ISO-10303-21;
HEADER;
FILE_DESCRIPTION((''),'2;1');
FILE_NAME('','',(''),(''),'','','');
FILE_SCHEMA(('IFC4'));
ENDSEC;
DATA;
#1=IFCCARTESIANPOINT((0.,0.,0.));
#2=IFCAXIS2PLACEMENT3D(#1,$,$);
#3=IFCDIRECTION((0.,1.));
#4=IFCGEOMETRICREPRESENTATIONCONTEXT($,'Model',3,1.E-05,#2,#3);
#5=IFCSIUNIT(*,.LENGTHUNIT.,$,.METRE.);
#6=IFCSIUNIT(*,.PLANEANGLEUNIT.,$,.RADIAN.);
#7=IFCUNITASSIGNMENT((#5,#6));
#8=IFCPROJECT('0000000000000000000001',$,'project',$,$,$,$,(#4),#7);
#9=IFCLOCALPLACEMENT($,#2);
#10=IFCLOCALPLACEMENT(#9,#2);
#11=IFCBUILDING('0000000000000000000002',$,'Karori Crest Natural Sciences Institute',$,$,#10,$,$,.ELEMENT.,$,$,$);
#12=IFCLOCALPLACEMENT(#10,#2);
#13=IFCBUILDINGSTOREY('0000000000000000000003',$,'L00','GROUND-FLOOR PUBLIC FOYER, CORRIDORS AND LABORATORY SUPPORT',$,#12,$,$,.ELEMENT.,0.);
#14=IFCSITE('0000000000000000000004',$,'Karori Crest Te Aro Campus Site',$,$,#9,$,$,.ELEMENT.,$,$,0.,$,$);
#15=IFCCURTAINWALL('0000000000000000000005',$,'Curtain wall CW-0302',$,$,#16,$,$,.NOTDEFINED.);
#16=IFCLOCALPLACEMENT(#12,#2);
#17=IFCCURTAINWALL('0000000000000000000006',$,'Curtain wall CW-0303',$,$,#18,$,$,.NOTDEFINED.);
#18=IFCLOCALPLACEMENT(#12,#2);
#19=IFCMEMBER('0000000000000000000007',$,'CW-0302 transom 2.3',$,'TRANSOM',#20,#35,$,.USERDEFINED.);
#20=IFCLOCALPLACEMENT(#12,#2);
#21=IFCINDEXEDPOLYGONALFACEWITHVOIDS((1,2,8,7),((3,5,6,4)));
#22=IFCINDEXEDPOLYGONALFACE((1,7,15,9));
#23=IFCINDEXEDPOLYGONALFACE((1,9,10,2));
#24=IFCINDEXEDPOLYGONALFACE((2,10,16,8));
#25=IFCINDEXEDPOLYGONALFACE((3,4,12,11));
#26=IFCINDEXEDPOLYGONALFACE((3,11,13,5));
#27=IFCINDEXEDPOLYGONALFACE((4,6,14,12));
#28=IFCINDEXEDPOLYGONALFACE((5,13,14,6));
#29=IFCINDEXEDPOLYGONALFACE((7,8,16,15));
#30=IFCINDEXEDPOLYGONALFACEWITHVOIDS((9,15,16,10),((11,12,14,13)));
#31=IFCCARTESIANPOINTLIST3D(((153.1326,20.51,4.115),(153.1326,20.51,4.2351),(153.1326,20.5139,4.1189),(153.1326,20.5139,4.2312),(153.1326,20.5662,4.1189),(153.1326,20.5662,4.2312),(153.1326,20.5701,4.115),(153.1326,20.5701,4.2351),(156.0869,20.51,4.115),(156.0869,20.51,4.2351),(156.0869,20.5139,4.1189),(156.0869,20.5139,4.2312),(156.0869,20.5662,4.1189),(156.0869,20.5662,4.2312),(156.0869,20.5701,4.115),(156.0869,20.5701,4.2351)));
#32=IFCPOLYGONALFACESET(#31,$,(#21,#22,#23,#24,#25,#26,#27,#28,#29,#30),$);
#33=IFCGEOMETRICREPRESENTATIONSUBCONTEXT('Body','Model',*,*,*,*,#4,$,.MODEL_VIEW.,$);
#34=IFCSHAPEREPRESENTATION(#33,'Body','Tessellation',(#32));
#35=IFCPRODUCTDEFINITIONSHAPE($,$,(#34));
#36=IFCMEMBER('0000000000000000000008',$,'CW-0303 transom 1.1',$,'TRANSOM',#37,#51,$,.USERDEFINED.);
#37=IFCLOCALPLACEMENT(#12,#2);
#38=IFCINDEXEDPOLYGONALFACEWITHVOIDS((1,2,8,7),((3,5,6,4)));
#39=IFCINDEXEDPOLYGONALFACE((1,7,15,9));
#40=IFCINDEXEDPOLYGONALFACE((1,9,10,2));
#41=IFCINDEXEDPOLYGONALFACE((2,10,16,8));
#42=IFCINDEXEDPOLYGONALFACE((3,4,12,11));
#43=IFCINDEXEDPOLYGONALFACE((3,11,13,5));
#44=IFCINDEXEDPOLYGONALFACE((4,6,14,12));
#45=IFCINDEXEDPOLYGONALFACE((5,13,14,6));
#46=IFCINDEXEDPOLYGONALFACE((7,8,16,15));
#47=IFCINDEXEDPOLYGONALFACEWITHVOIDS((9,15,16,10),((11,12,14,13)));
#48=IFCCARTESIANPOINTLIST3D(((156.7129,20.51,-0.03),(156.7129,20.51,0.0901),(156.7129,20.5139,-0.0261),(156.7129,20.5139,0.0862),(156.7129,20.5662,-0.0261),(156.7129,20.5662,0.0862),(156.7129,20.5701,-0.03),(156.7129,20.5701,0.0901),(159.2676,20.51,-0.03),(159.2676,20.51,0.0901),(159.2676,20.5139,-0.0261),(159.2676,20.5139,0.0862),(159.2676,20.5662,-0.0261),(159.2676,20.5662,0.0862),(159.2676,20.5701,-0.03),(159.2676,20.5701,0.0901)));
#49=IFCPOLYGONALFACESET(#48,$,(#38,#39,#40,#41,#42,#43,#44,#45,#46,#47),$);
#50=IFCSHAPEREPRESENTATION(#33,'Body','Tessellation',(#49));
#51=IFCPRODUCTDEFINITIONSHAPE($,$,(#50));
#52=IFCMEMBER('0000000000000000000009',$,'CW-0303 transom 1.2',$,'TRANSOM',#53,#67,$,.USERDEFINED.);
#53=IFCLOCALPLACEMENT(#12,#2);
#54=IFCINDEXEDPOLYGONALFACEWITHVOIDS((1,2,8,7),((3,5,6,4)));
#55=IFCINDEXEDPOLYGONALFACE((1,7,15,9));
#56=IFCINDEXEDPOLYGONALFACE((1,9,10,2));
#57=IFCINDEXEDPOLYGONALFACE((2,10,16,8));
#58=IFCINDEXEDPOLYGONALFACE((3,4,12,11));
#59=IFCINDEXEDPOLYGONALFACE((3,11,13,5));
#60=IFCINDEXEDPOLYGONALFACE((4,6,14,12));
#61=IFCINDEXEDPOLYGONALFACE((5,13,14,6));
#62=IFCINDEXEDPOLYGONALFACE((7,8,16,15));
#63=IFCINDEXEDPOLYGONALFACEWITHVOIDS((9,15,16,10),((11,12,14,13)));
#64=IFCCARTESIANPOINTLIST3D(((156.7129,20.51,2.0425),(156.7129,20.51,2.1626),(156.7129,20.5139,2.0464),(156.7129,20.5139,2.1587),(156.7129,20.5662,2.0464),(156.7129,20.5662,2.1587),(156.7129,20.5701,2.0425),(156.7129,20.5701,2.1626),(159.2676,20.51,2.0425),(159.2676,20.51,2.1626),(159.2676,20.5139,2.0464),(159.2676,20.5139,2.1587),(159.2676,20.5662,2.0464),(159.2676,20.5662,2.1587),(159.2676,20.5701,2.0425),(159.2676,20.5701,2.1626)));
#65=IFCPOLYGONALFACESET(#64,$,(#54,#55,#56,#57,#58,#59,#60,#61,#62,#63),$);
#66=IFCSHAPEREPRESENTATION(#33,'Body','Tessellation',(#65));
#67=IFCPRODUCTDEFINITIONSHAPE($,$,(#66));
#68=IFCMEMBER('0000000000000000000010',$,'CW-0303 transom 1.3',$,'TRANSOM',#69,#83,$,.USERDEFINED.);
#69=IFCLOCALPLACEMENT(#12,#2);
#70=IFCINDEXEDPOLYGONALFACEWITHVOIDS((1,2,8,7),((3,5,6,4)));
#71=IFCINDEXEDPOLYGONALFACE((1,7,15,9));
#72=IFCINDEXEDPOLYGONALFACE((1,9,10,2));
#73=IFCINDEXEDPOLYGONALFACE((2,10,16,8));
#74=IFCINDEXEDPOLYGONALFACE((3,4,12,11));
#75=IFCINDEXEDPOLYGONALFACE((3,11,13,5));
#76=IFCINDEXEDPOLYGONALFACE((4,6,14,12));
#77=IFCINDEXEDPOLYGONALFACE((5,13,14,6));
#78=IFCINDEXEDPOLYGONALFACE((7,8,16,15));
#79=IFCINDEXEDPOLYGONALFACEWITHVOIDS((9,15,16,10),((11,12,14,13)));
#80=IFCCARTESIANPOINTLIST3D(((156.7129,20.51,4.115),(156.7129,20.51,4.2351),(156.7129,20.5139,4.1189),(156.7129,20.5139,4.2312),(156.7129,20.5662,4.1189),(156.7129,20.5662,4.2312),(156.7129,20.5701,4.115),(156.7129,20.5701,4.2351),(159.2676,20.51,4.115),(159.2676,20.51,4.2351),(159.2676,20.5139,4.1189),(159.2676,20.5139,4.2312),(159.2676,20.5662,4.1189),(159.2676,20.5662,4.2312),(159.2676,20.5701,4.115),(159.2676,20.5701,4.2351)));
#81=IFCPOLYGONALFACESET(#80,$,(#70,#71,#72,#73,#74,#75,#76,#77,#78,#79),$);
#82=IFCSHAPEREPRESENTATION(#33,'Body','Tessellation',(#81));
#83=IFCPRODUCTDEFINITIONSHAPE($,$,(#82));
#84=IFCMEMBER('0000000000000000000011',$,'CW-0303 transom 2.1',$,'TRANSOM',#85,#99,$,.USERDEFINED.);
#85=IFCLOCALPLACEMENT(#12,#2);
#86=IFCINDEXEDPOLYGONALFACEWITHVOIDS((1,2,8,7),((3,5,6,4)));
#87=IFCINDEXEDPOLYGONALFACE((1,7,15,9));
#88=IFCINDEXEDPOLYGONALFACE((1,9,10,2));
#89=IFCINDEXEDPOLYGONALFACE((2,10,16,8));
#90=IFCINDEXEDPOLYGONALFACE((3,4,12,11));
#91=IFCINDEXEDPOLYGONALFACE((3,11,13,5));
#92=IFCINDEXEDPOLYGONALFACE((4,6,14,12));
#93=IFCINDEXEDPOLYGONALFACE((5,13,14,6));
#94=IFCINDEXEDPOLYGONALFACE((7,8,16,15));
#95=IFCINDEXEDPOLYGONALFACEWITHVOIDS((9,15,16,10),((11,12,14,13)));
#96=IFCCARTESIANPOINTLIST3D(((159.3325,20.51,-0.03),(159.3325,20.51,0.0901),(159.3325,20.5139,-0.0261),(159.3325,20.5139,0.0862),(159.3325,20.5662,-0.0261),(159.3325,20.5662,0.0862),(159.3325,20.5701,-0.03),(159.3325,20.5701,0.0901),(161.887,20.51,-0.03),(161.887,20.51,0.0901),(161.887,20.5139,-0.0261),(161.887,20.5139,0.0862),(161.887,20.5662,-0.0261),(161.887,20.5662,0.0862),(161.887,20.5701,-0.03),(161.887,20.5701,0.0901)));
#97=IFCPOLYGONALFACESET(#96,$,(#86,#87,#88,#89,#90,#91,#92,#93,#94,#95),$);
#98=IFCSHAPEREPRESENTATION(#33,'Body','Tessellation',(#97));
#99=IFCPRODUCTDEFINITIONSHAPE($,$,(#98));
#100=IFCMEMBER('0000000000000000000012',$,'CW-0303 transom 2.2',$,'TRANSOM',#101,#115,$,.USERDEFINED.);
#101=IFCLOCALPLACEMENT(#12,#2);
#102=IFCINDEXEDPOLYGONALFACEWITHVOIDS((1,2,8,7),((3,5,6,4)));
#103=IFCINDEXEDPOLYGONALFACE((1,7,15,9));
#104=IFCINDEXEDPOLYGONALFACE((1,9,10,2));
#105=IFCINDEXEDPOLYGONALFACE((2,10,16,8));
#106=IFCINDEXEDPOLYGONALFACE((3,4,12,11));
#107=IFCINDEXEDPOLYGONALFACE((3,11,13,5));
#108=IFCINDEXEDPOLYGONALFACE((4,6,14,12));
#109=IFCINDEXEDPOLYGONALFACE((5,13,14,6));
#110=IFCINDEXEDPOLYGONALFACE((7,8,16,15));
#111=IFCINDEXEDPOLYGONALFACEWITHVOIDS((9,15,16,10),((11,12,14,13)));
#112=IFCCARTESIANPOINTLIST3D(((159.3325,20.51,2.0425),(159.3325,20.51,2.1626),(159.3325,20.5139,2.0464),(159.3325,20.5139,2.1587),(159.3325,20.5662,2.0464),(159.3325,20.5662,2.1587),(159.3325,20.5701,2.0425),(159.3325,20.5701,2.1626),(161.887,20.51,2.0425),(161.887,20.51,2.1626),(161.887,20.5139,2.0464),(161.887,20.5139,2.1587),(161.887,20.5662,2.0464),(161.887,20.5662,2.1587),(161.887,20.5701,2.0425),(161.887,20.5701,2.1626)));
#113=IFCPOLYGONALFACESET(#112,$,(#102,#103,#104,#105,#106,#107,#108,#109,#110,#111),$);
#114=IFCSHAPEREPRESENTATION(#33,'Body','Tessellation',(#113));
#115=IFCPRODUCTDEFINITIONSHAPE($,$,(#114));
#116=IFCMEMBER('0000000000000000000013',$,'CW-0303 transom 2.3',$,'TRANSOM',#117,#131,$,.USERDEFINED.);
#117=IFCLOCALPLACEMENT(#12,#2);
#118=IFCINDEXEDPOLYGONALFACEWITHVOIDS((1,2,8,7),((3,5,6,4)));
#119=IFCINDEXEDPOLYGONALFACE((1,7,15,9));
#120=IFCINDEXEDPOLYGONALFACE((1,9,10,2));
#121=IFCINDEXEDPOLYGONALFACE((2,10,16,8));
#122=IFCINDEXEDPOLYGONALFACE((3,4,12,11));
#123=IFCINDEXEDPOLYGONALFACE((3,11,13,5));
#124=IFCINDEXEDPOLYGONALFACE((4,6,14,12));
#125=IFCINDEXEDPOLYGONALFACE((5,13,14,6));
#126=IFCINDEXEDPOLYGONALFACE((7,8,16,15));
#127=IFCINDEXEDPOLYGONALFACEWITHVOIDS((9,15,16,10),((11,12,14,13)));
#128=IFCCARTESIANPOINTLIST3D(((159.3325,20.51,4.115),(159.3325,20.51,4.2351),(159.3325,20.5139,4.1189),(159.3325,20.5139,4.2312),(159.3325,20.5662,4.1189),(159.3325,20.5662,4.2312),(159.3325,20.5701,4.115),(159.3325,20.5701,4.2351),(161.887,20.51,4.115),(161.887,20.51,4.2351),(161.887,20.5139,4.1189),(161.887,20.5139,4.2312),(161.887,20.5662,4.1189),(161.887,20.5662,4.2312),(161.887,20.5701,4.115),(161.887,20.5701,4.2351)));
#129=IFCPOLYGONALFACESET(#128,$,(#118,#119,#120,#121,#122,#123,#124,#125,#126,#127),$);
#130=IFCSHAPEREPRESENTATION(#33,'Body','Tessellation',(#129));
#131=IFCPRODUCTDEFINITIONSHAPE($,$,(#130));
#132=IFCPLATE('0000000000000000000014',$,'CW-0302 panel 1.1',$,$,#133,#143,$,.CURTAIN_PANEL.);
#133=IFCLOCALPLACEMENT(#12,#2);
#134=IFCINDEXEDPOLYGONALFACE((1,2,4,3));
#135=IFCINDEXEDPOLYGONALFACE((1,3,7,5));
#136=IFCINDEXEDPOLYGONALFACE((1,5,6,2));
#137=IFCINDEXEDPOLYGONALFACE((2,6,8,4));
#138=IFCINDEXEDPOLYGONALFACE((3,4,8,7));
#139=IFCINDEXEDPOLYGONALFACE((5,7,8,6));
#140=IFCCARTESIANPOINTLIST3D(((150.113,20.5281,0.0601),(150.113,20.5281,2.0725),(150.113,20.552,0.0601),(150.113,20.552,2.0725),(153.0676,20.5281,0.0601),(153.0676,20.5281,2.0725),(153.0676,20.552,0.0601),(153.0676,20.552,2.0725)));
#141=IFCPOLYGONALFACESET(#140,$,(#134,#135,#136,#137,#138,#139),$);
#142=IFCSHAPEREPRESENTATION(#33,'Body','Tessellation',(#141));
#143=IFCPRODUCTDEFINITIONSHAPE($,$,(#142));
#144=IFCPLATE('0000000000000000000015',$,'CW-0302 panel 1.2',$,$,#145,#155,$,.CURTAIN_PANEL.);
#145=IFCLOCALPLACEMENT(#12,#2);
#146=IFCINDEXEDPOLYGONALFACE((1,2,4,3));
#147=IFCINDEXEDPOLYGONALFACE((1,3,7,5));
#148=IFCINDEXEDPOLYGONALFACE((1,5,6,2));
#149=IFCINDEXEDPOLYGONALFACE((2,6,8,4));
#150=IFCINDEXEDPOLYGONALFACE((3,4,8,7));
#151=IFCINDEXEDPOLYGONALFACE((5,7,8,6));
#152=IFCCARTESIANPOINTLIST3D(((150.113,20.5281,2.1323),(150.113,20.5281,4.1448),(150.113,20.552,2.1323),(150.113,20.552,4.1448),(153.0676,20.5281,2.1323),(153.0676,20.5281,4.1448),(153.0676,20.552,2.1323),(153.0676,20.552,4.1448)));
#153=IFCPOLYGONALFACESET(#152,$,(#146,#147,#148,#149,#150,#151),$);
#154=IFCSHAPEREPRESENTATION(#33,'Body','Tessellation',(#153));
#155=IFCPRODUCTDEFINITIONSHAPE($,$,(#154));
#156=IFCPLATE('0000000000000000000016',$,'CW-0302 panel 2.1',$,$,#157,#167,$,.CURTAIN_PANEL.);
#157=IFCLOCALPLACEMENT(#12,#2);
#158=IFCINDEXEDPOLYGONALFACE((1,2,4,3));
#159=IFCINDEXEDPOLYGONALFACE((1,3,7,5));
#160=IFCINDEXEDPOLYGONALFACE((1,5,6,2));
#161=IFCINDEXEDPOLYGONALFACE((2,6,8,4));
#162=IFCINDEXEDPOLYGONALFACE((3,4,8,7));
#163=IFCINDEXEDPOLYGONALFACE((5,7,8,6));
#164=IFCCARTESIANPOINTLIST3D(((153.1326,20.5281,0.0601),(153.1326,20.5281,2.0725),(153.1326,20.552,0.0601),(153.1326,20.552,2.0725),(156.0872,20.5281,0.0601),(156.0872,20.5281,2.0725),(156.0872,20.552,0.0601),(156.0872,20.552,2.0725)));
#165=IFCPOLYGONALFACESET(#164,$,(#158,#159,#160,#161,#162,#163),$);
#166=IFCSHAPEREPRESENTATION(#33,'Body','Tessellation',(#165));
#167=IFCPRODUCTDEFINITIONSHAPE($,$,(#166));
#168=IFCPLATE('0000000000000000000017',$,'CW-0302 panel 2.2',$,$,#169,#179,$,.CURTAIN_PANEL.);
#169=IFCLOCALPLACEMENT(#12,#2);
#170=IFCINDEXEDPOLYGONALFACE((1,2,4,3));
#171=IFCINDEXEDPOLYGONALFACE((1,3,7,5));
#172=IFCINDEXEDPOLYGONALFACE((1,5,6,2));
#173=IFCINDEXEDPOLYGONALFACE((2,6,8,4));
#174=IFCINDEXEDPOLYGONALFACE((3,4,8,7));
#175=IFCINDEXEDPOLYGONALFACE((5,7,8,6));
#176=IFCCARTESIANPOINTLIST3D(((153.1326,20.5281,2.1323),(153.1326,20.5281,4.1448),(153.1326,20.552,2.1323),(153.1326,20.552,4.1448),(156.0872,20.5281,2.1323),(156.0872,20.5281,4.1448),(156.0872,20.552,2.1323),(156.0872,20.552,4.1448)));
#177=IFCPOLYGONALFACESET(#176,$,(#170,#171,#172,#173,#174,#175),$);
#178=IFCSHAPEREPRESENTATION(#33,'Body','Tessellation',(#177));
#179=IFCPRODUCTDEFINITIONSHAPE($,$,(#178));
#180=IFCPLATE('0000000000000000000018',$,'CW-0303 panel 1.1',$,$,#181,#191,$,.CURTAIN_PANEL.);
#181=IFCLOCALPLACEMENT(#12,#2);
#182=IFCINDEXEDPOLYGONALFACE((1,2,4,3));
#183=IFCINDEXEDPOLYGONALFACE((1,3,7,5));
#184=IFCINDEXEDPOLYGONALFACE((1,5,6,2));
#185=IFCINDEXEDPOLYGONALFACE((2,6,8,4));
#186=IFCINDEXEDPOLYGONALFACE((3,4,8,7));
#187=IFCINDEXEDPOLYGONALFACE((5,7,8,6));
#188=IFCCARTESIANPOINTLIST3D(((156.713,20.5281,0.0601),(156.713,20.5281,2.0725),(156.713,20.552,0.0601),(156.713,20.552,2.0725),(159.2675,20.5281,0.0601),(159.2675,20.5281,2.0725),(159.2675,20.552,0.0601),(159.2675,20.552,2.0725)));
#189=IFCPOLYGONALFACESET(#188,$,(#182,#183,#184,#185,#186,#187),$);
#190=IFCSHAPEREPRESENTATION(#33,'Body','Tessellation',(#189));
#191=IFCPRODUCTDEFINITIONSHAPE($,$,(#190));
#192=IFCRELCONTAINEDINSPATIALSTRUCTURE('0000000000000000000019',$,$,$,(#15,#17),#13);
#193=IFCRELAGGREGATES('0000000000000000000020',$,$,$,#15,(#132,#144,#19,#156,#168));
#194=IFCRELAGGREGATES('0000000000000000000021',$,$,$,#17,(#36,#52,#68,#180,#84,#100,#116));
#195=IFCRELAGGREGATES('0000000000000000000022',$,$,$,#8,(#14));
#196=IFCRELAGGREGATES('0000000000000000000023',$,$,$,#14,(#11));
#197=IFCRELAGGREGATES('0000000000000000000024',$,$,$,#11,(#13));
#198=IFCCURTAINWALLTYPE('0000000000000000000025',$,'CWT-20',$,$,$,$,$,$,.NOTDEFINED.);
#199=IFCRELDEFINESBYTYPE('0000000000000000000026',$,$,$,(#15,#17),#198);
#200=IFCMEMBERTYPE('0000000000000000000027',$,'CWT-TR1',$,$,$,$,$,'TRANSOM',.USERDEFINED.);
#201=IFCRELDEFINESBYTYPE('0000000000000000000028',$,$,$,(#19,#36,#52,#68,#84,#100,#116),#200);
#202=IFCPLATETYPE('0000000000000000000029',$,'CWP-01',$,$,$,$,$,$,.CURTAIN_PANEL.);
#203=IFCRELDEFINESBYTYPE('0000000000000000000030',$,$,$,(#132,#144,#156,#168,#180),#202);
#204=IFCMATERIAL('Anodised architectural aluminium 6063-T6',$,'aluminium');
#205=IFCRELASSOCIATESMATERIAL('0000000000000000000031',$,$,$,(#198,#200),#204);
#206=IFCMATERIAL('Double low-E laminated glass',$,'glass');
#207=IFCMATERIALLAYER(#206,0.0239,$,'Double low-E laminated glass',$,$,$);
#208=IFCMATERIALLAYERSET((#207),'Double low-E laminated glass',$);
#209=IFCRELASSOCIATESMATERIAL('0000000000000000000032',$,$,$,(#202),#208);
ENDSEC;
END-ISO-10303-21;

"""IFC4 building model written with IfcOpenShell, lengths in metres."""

from ifc_helpers import new_model, si_unit, direction, frame, origin, origin_2d, place, context, subcontext, project, spatial, rectangle, hollow_rectangle, extrude, material, layer, layer_set, material_profile, profile_set, type_object, element, aggregate, save


model = new_model("IFC4")

# Units and contexts
model_context = context("Model", 3, precision=1e-05, world=origin(), true_north=direction((0.0, 1.0)))
body_context = subcontext(model_context, "Body", "Model", "MODEL_VIEW")
ifc_project = project(units=[si_unit("LENGTHUNIT", "METRE"), si_unit("PLANEANGLEUNIT", "RADIAN")], contexts=[model_context])

# Site, building, storey
site_placement = place(None, origin())
site = spatial("IfcSite", under=ifc_project, at=site_placement, Name="Karori Crest Te Aro Campus Site", CompositionType="ELEMENT", RefElevation=0.0)
building_placement = place(site_placement, origin())
building = spatial("IfcBuilding", under=site, at=building_placement, Name="Karori Crest Natural Sciences Institute", CompositionType="ELEMENT")
storey_placement = place(building_placement, origin())
storey = spatial("IfcBuildingStorey", under=building, at=storey_placement, Name="L00", Description="GROUND-FLOOR PUBLIC FOYER, CORRIDORS AND LABORATORY SUPPORT", CompositionType="ELEMENT", Elevation=0.0)

# Shared definitions
ifc_material_1 = material(Name="Anodised architectural aluminium 6063-T6", Category="aluminium")
curtain_wall_type = type_object("IfcCurtainWallType", Name="CWT-20", PredefinedType="NOTDEFINED", material=ifc_material_1)

# Curtain walls
curtain_wall_1_placement = place(storey_placement, origin())
curtain_wall_1 = element("IfcCurtainWall", 1, at=curtain_wall_1_placement, inside=storey, type_object=curtain_wall_type, Name="Curtain wall CW-0302", PredefinedType="NOTDEFINED")
curtain_wall_2_placement = place(storey_placement, origin())
curtain_wall_2 = element("IfcCurtainWall", 2, at=curtain_wall_2_placement, inside=storey, type_object=curtain_wall_type, Name="Curtain wall CW-0303", PredefinedType="NOTDEFINED")

# Members
ifc_material_profile_1 = material_profile(ifc_material_1, hollow_rectangle(XDim=0.0601, YDim=0.1201, WallThickness=0.0039, at=origin_2d()), Name="CWT120x60x4")
ifc_profile_set_1 = profile_set([ifc_material_profile_1], Name="Anodised architectural aluminium 6063-T6")
member_type_1 = type_object("IfcMemberType", Name="CWT-TR1", ElementType="TRANSOM", PredefinedType="USERDEFINED", material=ifc_profile_set_1)
member_1_placement = place(storey_placement, frame((153.1326, 20.54, 4.175), z_axis=(1.0, 0.0, 0.0), x_axis=(0.0, 1.0, 0.0)))
member_1 = element("IfcMember", 3, at=member_1_placement, type_object=member_type_1, Name="CW-0302 transom 2.3", ObjectType="TRANSOM", PredefinedType="USERDEFINED", context=body_context, shape_type="SweptSolid", body=[
    extrude(hollow_rectangle(XDim=0.0601, YDim=0.1201, WallThickness=0.0039, at=origin_2d()), origin(), (0.0, 0.0, 1.0), 2.9543),
])
member_2_placement = place(storey_placement, frame((156.7129, 20.54, 0.03), z_axis=(1.0, 0.0, 0.0), x_axis=(0.0, 1.0, 0.0)))
member_2 = element("IfcMember", 4, at=member_2_placement, type_object=member_type_1, Name="CW-0303 transom 1.1", ObjectType="TRANSOM", PredefinedType="USERDEFINED", context=body_context, shape_type="SweptSolid", body=[
    extrude(hollow_rectangle(XDim=0.0601, YDim=0.1201, WallThickness=0.0039, at=origin_2d()), origin(), (0.0, 0.0, 1.0), 2.5547),
])
member_3_placement = place(storey_placement, frame((156.7129, 20.54, 2.1025), z_axis=(1.0, 0.0, 0.0), x_axis=(0.0, 1.0, 0.0)))
member_3 = element("IfcMember", 5, at=member_3_placement, type_object=member_type_1, Name="CW-0303 transom 1.2", ObjectType="TRANSOM", PredefinedType="USERDEFINED", context=body_context, shape_type="SweptSolid", body=[
    extrude(hollow_rectangle(XDim=0.0601, YDim=0.1201, WallThickness=0.0039, at=origin_2d()), origin(), (0.0, 0.0, 1.0), 2.5547),
])
member_4_placement = place(storey_placement, frame((156.7129, 20.54, 4.175), z_axis=(1.0, 0.0, 0.0), x_axis=(0.0, 1.0, 0.0)))
member_4 = element("IfcMember", 6, at=member_4_placement, type_object=member_type_1, Name="CW-0303 transom 1.3", ObjectType="TRANSOM", PredefinedType="USERDEFINED", context=body_context, shape_type="SweptSolid", body=[
    extrude(hollow_rectangle(XDim=0.0601, YDim=0.1201, WallThickness=0.0039, at=origin_2d()), origin(), (0.0, 0.0, 1.0), 2.5547),
])
member_5_placement = place(storey_placement, frame((159.3325, 20.54, 0.03), z_axis=(1.0, 0.0, 0.0), x_axis=(0.0, 1.0, 0.0)))
member_5 = element("IfcMember", 7, at=member_5_placement, type_object=member_type_1, Name="CW-0303 transom 2.1", ObjectType="TRANSOM", PredefinedType="USERDEFINED", context=body_context, shape_type="SweptSolid", body=[
    extrude(hollow_rectangle(XDim=0.0601, YDim=0.1201, WallThickness=0.0039, at=origin_2d()), origin(), (0.0, 0.0, 1.0), 2.5544),
])
member_6_placement = place(storey_placement, frame((159.3325, 20.54, 2.1025), z_axis=(1.0, 0.0, 0.0), x_axis=(0.0, 1.0, 0.0)))
member_6 = element("IfcMember", 8, at=member_6_placement, type_object=member_type_1, Name="CW-0303 transom 2.2", ObjectType="TRANSOM", PredefinedType="USERDEFINED", context=body_context, shape_type="SweptSolid", body=[
    extrude(hollow_rectangle(XDim=0.0601, YDim=0.1201, WallThickness=0.0039, at=origin_2d()), origin(), (0.0, 0.0, 1.0), 2.5544),
])
member_7_placement = place(storey_placement, frame((159.3325, 20.54, 4.175), z_axis=(1.0, 0.0, 0.0), x_axis=(0.0, 1.0, 0.0)))
member_7 = element("IfcMember", 9, at=member_7_placement, type_object=member_type_1, Name="CW-0303 transom 2.3", ObjectType="TRANSOM", PredefinedType="USERDEFINED", context=body_context, shape_type="SweptSolid", body=[
    extrude(hollow_rectangle(XDim=0.0601, YDim=0.1201, WallThickness=0.0039, at=origin_2d()), origin(), (0.0, 0.0, 1.0), 2.5544),
])

# Plates
ifc_material_2 = material(Name="Double low-E laminated glass", Category="glass")
ifc_layer = layer(ifc_material_2, 0.0239, Name="Double low-E laminated glass")
ifc_layer_set = layer_set([ifc_layer], Name="Double low-E laminated glass")
plate_type = type_object("IfcPlateType", Name="CWP-01", PredefinedType="CURTAIN_PANEL", material=ifc_layer_set)
plate_1_placement = place(storey_placement, frame((151.5903, 20.54, 0.0601), z_axis=(0.0, 0.0, 1.0), x_axis=(1.0, 0.0, 0.0)))
plate_1 = element("IfcPlate", 10, at=plate_1_placement, type_object=plate_type, Name="CW-0302 panel 1.1", PredefinedType="CURTAIN_PANEL", context=body_context, shape_type="SweptSolid", body=[
    extrude(rectangle(XDim=2.9546, YDim=0.0239, at=origin_2d()), origin(), (0.0, 0.0, 1.0), 2.0125),
])
plate_2_placement = place(storey_placement, frame((151.5903, 20.54, 2.1323), z_axis=(0.0, 0.0, 1.0), x_axis=(1.0, 0.0, 0.0)))
plate_2 = element("IfcPlate", 11, at=plate_2_placement, type_object=plate_type, Name="CW-0302 panel 1.2", PredefinedType="CURTAIN_PANEL", context=body_context, shape_type="SweptSolid", body=[
    extrude(rectangle(XDim=2.9546, YDim=0.0239, at=origin_2d()), origin(), (0.0, 0.0, 1.0), 2.0125),
])
plate_3_placement = place(storey_placement, frame((154.6099, 20.54, 0.0601), z_axis=(0.0, 0.0, 1.0), x_axis=(1.0, 0.0, 0.0)))
plate_3 = element("IfcPlate", 12, at=plate_3_placement, type_object=plate_type, Name="CW-0302 panel 2.1", PredefinedType="CURTAIN_PANEL", context=body_context, shape_type="SweptSolid", body=[
    extrude(rectangle(XDim=2.9546, YDim=0.0239, at=origin_2d()), origin(), (0.0, 0.0, 1.0), 2.0125),
])
plate_4_placement = place(storey_placement, frame((154.6099, 20.54, 2.1323), z_axis=(0.0, 0.0, 1.0), x_axis=(1.0, 0.0, 0.0)))
plate_4 = element("IfcPlate", 13, at=plate_4_placement, type_object=plate_type, Name="CW-0302 panel 2.2", PredefinedType="CURTAIN_PANEL", context=body_context, shape_type="SweptSolid", body=[
    extrude(rectangle(XDim=2.9546, YDim=0.0239, at=origin_2d()), origin(), (0.0, 0.0, 1.0), 2.0125),
])
aggregate(curtain_wall_1, [plate_1, plate_2, member_1, plate_3, plate_4])
plate_5_placement = place(storey_placement, frame((157.9902, 20.54, 0.0601), z_axis=(0.0, 0.0, 1.0), x_axis=(1.0, 0.0, 0.0)))
plate_5 = element("IfcPlate", 14, at=plate_5_placement, type_object=plate_type, Name="CW-0303 panel 1.1", PredefinedType="CURTAIN_PANEL", context=body_context, shape_type="SweptSolid", body=[
    extrude(rectangle(XDim=2.5544, YDim=0.0239, at=origin_2d()), origin(), (0.0, 0.0, 1.0), 2.0125),
])
aggregate(curtain_wall_2, [member_2, member_3, member_4, plate_5, member_5, member_6, member_7])

save(model, "model.ifc")
